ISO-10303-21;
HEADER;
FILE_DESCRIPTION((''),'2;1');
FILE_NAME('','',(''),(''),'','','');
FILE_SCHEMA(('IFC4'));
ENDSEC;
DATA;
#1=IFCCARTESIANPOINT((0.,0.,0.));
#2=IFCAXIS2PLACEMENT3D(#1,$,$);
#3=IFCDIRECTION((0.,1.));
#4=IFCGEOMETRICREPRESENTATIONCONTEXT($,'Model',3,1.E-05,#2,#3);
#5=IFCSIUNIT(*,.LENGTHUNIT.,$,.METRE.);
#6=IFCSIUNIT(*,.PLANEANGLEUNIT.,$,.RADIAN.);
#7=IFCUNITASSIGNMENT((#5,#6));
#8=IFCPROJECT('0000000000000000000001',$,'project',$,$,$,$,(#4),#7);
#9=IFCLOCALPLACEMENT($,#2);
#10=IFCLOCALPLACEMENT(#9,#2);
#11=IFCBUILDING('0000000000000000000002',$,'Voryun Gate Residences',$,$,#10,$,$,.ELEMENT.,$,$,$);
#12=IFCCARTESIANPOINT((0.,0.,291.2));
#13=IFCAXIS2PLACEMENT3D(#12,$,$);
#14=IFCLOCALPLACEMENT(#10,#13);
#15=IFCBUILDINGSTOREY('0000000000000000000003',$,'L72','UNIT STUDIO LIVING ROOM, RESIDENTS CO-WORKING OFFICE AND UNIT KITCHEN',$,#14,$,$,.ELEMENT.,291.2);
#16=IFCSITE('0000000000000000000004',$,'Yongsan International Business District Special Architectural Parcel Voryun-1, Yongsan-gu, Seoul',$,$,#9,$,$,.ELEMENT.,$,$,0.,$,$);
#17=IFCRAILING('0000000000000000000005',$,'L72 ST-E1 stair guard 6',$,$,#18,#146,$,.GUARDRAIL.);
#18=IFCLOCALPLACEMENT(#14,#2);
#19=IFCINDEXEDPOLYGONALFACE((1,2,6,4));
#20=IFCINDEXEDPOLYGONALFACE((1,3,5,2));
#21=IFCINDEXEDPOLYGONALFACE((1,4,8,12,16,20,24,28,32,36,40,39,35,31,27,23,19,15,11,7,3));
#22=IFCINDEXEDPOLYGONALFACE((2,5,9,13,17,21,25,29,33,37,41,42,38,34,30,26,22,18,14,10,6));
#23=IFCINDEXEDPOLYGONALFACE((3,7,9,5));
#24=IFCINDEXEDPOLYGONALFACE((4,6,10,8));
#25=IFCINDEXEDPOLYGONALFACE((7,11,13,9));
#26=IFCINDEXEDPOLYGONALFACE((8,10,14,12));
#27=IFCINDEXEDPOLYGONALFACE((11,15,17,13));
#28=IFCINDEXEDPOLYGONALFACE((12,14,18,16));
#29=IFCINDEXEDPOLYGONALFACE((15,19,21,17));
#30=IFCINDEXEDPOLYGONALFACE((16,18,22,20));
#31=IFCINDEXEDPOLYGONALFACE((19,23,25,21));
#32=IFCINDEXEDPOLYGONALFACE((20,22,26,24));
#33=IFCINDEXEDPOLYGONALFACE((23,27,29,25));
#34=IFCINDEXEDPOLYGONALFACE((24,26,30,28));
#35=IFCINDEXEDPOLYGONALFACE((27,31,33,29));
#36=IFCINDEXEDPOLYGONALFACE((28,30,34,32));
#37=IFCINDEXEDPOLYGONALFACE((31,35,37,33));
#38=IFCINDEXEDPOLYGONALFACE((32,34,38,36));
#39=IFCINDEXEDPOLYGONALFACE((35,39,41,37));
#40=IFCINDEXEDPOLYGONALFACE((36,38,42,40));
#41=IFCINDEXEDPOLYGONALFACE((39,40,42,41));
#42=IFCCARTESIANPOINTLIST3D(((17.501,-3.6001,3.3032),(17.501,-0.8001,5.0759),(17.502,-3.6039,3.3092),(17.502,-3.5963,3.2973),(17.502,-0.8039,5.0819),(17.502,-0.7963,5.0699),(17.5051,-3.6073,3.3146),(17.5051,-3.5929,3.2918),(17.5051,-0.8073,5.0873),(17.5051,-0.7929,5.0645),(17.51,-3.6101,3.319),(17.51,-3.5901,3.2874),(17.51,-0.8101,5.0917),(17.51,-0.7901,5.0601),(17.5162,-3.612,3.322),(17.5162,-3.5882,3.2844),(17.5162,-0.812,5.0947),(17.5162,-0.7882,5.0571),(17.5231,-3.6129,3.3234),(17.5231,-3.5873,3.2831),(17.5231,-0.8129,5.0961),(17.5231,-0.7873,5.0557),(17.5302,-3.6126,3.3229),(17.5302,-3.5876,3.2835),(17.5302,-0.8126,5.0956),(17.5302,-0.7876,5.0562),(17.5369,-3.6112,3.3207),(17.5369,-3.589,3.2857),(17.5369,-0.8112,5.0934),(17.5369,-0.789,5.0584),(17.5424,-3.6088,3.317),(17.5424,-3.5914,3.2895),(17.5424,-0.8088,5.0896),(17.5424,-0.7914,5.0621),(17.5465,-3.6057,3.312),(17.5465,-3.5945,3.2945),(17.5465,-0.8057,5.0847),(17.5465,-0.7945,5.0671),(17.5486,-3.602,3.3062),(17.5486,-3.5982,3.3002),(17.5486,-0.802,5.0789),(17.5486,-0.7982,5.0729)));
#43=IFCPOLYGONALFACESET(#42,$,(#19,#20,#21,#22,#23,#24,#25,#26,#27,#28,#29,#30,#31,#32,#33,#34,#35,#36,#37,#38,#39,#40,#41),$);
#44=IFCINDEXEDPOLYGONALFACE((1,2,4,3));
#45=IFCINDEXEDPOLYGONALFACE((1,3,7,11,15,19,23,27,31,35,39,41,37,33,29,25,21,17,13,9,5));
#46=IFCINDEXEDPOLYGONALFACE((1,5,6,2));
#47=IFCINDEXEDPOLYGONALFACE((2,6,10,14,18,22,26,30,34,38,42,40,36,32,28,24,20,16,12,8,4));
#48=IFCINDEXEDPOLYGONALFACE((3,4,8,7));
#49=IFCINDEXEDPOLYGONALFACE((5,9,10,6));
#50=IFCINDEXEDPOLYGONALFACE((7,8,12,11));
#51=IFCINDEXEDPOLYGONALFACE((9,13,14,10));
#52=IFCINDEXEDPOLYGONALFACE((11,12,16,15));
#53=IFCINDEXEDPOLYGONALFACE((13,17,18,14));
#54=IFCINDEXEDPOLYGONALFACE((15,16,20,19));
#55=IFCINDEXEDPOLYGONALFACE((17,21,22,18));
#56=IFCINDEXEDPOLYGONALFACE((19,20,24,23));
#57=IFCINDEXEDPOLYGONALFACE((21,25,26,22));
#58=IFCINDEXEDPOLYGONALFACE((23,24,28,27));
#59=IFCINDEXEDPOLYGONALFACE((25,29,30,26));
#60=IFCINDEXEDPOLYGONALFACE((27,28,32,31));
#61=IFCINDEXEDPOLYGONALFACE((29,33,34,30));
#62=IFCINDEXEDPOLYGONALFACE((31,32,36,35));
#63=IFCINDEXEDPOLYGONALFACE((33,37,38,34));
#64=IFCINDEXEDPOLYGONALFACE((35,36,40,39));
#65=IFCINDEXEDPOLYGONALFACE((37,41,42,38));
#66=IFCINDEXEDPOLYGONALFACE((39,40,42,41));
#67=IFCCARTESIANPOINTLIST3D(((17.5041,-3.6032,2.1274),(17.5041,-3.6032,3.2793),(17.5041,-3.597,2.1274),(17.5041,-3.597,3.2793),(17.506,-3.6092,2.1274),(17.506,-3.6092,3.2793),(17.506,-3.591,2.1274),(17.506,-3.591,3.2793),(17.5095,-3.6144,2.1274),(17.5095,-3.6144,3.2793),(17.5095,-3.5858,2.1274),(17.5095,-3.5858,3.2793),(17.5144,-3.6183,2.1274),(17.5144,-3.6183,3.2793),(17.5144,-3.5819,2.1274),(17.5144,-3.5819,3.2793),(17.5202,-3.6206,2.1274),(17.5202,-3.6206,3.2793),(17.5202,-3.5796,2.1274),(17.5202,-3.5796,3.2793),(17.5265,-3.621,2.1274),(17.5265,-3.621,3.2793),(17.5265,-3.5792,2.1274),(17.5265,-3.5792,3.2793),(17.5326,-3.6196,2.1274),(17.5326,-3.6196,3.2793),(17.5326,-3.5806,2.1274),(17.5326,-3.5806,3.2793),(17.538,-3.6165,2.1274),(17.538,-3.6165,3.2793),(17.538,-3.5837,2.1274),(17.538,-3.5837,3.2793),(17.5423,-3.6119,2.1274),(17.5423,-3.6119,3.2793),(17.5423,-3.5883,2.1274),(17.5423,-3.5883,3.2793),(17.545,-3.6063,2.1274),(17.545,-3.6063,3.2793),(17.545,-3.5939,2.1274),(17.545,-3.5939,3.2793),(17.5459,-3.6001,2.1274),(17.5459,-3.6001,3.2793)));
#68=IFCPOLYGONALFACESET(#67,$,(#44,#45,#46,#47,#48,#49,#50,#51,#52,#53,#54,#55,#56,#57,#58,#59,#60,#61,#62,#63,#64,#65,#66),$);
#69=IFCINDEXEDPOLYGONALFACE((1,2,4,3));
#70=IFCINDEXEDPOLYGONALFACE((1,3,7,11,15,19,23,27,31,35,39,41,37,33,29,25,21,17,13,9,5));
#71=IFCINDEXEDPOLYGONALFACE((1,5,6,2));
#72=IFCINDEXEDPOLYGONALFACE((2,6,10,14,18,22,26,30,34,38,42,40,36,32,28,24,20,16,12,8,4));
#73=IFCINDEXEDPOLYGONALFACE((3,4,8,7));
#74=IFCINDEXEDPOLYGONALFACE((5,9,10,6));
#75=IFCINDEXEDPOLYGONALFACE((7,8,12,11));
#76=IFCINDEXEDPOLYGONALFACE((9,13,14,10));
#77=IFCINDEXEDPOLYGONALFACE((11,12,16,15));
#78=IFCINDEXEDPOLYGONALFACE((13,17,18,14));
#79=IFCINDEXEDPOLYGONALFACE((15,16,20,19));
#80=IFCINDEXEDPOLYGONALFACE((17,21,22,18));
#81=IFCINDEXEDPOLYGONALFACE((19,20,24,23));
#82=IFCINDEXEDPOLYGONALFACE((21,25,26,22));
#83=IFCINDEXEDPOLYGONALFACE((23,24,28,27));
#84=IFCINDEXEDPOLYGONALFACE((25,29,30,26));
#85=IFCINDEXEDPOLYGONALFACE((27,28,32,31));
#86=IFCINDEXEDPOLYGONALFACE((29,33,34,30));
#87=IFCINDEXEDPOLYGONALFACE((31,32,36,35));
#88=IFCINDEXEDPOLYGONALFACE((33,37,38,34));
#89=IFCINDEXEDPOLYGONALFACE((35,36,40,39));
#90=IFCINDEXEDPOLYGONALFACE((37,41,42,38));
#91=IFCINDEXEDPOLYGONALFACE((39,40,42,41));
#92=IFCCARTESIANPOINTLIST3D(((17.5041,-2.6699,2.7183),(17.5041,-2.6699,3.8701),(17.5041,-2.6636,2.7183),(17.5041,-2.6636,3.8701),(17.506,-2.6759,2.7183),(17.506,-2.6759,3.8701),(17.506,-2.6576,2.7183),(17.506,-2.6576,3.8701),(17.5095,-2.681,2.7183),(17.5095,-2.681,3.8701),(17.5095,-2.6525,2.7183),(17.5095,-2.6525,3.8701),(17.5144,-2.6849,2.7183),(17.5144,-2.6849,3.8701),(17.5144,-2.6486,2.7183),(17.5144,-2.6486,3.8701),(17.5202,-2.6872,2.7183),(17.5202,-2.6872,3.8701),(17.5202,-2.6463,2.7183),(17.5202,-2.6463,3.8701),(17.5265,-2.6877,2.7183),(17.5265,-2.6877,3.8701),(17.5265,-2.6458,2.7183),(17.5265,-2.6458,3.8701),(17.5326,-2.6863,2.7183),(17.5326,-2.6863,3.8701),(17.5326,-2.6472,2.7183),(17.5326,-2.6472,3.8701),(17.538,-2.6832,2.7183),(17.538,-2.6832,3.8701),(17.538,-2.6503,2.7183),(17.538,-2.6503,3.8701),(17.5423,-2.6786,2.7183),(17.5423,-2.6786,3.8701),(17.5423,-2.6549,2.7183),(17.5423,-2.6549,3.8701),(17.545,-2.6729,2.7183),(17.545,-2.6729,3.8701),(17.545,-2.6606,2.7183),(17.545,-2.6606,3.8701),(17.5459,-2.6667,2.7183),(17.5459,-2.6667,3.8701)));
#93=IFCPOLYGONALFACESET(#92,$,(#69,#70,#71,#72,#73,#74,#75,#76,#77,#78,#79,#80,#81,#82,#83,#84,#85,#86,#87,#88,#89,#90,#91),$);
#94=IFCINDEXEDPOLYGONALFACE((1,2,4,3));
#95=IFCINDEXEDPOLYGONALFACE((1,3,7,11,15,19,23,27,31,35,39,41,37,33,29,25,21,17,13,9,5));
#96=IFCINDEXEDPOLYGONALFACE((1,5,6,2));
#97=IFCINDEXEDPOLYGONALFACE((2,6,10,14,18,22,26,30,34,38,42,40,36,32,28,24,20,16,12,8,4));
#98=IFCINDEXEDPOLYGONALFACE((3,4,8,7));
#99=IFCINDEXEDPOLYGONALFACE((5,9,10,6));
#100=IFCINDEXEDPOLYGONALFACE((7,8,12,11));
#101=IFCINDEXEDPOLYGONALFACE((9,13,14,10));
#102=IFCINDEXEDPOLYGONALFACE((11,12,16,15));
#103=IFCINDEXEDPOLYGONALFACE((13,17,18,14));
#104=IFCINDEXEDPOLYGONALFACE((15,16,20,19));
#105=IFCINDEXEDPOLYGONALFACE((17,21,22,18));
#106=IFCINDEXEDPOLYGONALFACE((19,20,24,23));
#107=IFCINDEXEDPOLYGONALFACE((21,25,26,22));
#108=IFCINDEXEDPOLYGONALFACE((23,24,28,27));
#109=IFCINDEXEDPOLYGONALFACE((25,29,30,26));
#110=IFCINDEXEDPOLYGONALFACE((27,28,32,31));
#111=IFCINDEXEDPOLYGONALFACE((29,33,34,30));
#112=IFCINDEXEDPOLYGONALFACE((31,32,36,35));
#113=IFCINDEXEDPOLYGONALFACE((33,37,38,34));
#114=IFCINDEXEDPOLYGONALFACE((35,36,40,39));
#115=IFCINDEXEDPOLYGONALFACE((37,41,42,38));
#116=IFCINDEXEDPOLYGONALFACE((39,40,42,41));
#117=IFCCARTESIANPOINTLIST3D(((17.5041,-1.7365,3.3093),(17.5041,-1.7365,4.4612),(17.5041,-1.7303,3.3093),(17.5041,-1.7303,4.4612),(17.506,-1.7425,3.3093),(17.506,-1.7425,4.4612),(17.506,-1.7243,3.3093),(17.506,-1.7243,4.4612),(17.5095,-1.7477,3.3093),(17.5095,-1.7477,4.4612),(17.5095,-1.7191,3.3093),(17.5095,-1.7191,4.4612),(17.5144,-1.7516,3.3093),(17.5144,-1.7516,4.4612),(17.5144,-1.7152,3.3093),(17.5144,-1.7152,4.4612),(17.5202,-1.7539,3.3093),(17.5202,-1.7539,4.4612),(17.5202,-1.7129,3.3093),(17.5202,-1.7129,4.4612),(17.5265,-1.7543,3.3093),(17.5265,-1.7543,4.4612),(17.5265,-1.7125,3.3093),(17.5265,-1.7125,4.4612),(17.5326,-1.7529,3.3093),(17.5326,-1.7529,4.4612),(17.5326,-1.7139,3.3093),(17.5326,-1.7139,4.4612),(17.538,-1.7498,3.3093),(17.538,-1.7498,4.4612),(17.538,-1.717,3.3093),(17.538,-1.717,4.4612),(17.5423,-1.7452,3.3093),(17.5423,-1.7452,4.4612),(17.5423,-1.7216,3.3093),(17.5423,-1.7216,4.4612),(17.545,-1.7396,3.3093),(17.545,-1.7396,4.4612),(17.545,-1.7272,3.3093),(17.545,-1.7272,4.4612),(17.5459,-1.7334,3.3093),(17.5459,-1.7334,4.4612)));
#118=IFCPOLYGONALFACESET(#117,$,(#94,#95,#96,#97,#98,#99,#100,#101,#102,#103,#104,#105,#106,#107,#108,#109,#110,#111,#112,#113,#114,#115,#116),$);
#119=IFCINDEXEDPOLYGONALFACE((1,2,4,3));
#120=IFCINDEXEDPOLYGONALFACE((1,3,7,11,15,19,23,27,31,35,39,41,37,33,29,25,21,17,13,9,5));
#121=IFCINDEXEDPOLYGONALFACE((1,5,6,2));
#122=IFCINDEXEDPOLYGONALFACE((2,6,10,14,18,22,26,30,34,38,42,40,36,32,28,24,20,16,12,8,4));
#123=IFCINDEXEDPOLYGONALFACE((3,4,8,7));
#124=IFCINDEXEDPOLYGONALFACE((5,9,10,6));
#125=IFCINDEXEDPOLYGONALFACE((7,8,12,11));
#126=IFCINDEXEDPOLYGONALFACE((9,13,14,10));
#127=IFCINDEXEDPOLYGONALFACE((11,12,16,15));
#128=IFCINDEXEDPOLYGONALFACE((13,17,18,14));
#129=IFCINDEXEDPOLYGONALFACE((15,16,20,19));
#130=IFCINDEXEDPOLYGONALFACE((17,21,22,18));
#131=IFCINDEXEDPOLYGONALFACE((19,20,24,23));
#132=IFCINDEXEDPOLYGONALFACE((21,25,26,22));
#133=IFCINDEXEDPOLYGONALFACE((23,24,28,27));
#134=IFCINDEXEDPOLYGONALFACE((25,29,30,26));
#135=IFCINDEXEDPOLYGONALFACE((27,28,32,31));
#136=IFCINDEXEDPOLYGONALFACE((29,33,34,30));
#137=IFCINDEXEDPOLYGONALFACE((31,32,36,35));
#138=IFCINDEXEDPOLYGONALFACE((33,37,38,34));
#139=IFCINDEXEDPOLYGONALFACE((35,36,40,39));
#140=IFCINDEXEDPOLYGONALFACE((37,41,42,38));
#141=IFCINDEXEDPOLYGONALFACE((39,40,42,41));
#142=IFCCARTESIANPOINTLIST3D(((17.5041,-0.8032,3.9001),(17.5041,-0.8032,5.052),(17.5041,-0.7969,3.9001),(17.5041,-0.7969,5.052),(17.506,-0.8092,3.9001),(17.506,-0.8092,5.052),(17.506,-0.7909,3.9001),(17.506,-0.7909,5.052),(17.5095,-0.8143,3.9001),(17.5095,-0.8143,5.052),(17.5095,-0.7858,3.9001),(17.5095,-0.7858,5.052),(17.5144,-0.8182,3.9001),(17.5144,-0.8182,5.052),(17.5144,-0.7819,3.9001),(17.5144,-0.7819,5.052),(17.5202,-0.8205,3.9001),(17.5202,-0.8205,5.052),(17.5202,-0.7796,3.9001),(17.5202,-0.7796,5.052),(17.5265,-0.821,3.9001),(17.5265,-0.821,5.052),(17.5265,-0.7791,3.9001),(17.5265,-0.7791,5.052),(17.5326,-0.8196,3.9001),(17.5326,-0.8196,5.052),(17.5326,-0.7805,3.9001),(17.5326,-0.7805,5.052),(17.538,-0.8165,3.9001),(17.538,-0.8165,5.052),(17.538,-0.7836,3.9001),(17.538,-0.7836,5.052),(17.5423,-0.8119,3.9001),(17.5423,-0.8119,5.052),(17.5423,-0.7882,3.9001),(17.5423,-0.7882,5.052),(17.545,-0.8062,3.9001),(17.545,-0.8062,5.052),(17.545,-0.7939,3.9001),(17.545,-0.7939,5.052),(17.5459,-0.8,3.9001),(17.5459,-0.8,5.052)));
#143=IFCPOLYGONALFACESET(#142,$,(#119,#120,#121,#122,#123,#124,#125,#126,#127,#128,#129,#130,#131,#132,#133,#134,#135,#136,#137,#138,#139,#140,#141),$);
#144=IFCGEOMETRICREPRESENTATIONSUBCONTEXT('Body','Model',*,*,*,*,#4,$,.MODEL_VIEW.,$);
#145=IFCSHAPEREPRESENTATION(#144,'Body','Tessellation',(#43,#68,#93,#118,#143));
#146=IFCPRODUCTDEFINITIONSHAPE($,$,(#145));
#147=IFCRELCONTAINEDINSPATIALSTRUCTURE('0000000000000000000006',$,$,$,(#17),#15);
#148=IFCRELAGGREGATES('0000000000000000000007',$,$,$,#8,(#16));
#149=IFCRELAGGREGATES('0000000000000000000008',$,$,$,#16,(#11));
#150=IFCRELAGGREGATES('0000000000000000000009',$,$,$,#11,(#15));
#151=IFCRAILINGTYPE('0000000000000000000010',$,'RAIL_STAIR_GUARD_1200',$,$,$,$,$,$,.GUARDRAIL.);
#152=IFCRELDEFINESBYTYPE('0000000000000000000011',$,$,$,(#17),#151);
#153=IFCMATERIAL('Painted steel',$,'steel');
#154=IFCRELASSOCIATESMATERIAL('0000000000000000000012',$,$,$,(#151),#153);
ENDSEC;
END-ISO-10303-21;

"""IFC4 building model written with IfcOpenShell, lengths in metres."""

from ifc_helpers import new_model, si_unit, direction, frame, origin, origin_2d, place, context, subcontext, project, spatial, circle, extrude, material, type_object, element, save


model = new_model("IFC4")

# Units and contexts
model_context = context("Model", 3, precision=1e-05, world=origin(), true_north=direction((0.0, 1.0)))
body_context = subcontext(model_context, "Body", "Model", "MODEL_VIEW")
ifc_project = project(units=[si_unit("LENGTHUNIT", "METRE"), si_unit("PLANEANGLEUNIT", "RADIAN")], contexts=[model_context])

# Site, building, storey
site_placement = place(None, origin())
site = spatial("IfcSite", under=ifc_project, at=site_placement, Name="Yongsan International Business District Special Architectural Parcel Voryun-1, Yongsan-gu, Seoul", CompositionType="ELEMENT", RefElevation=0.0)
building_placement = place(site_placement, origin())
building = spatial("IfcBuilding", under=site, at=building_placement, Name="Voryun Gate Residences", CompositionType="ELEMENT")
storey_placement = place(building_placement, frame((0.0, 0.0, 291.2)))
storey = spatial("IfcBuildingStorey", under=building, at=storey_placement, Name="L72", Description="UNIT STUDIO LIVING ROOM, RESIDENTS CO-WORKING OFFICE AND UNIT KITCHEN", CompositionType="ELEMENT", Elevation=291.2)

# Railing
ifc_material_1 = material(Name="Painted steel", Category="steel")
railing_type_1 = type_object("IfcRailingType", Name="RAIL_STAIR_GUARD_1200", PredefinedType="GUARDRAIL", material=ifc_material_1)
railing_1_placement = place(storey_placement, frame((17.5249, -3.6001, 2.1274)))
element("IfcRailing", 1, at=railing_1_placement, inside=storey, type_object=railing_type_1, Name="L72 ST-E1 stair guard 6", PredefinedType="GUARDRAIL", context=body_context, shape_type="SweptSolid", body=[
    extrude(circle(Radius=0.0239, at=origin_2d()), frame((0.0, 0.0, 1.1758), z_axis=(0.0, 0.844909, 0.53491), x_axis=(-1.0, 0.0, 0.0)), (0.0, 0.0, 1.0), 3.314),
    extrude(circle(Radius=0.021, at=origin_2d()), origin(), (0.0, 0.0, 1.0), 1.1519),
    extrude(circle(Radius=0.021, at=origin_2d()), frame((0.0, 0.9333, 0.5908)), (0.0, 0.0, 1.0), 1.1519),
    extrude(circle(Radius=0.021, at=origin_2d()), frame((0.0, 1.8667, 1.1819)), (0.0, 0.0, 1.0), 1.1519),
    extrude(circle(Radius=0.021, at=origin_2d()), frame((0.0, 2.8, 1.7727)), (0.0, 0.0, 1.0), 1.1519),
])

save(model, "model.ifc")
